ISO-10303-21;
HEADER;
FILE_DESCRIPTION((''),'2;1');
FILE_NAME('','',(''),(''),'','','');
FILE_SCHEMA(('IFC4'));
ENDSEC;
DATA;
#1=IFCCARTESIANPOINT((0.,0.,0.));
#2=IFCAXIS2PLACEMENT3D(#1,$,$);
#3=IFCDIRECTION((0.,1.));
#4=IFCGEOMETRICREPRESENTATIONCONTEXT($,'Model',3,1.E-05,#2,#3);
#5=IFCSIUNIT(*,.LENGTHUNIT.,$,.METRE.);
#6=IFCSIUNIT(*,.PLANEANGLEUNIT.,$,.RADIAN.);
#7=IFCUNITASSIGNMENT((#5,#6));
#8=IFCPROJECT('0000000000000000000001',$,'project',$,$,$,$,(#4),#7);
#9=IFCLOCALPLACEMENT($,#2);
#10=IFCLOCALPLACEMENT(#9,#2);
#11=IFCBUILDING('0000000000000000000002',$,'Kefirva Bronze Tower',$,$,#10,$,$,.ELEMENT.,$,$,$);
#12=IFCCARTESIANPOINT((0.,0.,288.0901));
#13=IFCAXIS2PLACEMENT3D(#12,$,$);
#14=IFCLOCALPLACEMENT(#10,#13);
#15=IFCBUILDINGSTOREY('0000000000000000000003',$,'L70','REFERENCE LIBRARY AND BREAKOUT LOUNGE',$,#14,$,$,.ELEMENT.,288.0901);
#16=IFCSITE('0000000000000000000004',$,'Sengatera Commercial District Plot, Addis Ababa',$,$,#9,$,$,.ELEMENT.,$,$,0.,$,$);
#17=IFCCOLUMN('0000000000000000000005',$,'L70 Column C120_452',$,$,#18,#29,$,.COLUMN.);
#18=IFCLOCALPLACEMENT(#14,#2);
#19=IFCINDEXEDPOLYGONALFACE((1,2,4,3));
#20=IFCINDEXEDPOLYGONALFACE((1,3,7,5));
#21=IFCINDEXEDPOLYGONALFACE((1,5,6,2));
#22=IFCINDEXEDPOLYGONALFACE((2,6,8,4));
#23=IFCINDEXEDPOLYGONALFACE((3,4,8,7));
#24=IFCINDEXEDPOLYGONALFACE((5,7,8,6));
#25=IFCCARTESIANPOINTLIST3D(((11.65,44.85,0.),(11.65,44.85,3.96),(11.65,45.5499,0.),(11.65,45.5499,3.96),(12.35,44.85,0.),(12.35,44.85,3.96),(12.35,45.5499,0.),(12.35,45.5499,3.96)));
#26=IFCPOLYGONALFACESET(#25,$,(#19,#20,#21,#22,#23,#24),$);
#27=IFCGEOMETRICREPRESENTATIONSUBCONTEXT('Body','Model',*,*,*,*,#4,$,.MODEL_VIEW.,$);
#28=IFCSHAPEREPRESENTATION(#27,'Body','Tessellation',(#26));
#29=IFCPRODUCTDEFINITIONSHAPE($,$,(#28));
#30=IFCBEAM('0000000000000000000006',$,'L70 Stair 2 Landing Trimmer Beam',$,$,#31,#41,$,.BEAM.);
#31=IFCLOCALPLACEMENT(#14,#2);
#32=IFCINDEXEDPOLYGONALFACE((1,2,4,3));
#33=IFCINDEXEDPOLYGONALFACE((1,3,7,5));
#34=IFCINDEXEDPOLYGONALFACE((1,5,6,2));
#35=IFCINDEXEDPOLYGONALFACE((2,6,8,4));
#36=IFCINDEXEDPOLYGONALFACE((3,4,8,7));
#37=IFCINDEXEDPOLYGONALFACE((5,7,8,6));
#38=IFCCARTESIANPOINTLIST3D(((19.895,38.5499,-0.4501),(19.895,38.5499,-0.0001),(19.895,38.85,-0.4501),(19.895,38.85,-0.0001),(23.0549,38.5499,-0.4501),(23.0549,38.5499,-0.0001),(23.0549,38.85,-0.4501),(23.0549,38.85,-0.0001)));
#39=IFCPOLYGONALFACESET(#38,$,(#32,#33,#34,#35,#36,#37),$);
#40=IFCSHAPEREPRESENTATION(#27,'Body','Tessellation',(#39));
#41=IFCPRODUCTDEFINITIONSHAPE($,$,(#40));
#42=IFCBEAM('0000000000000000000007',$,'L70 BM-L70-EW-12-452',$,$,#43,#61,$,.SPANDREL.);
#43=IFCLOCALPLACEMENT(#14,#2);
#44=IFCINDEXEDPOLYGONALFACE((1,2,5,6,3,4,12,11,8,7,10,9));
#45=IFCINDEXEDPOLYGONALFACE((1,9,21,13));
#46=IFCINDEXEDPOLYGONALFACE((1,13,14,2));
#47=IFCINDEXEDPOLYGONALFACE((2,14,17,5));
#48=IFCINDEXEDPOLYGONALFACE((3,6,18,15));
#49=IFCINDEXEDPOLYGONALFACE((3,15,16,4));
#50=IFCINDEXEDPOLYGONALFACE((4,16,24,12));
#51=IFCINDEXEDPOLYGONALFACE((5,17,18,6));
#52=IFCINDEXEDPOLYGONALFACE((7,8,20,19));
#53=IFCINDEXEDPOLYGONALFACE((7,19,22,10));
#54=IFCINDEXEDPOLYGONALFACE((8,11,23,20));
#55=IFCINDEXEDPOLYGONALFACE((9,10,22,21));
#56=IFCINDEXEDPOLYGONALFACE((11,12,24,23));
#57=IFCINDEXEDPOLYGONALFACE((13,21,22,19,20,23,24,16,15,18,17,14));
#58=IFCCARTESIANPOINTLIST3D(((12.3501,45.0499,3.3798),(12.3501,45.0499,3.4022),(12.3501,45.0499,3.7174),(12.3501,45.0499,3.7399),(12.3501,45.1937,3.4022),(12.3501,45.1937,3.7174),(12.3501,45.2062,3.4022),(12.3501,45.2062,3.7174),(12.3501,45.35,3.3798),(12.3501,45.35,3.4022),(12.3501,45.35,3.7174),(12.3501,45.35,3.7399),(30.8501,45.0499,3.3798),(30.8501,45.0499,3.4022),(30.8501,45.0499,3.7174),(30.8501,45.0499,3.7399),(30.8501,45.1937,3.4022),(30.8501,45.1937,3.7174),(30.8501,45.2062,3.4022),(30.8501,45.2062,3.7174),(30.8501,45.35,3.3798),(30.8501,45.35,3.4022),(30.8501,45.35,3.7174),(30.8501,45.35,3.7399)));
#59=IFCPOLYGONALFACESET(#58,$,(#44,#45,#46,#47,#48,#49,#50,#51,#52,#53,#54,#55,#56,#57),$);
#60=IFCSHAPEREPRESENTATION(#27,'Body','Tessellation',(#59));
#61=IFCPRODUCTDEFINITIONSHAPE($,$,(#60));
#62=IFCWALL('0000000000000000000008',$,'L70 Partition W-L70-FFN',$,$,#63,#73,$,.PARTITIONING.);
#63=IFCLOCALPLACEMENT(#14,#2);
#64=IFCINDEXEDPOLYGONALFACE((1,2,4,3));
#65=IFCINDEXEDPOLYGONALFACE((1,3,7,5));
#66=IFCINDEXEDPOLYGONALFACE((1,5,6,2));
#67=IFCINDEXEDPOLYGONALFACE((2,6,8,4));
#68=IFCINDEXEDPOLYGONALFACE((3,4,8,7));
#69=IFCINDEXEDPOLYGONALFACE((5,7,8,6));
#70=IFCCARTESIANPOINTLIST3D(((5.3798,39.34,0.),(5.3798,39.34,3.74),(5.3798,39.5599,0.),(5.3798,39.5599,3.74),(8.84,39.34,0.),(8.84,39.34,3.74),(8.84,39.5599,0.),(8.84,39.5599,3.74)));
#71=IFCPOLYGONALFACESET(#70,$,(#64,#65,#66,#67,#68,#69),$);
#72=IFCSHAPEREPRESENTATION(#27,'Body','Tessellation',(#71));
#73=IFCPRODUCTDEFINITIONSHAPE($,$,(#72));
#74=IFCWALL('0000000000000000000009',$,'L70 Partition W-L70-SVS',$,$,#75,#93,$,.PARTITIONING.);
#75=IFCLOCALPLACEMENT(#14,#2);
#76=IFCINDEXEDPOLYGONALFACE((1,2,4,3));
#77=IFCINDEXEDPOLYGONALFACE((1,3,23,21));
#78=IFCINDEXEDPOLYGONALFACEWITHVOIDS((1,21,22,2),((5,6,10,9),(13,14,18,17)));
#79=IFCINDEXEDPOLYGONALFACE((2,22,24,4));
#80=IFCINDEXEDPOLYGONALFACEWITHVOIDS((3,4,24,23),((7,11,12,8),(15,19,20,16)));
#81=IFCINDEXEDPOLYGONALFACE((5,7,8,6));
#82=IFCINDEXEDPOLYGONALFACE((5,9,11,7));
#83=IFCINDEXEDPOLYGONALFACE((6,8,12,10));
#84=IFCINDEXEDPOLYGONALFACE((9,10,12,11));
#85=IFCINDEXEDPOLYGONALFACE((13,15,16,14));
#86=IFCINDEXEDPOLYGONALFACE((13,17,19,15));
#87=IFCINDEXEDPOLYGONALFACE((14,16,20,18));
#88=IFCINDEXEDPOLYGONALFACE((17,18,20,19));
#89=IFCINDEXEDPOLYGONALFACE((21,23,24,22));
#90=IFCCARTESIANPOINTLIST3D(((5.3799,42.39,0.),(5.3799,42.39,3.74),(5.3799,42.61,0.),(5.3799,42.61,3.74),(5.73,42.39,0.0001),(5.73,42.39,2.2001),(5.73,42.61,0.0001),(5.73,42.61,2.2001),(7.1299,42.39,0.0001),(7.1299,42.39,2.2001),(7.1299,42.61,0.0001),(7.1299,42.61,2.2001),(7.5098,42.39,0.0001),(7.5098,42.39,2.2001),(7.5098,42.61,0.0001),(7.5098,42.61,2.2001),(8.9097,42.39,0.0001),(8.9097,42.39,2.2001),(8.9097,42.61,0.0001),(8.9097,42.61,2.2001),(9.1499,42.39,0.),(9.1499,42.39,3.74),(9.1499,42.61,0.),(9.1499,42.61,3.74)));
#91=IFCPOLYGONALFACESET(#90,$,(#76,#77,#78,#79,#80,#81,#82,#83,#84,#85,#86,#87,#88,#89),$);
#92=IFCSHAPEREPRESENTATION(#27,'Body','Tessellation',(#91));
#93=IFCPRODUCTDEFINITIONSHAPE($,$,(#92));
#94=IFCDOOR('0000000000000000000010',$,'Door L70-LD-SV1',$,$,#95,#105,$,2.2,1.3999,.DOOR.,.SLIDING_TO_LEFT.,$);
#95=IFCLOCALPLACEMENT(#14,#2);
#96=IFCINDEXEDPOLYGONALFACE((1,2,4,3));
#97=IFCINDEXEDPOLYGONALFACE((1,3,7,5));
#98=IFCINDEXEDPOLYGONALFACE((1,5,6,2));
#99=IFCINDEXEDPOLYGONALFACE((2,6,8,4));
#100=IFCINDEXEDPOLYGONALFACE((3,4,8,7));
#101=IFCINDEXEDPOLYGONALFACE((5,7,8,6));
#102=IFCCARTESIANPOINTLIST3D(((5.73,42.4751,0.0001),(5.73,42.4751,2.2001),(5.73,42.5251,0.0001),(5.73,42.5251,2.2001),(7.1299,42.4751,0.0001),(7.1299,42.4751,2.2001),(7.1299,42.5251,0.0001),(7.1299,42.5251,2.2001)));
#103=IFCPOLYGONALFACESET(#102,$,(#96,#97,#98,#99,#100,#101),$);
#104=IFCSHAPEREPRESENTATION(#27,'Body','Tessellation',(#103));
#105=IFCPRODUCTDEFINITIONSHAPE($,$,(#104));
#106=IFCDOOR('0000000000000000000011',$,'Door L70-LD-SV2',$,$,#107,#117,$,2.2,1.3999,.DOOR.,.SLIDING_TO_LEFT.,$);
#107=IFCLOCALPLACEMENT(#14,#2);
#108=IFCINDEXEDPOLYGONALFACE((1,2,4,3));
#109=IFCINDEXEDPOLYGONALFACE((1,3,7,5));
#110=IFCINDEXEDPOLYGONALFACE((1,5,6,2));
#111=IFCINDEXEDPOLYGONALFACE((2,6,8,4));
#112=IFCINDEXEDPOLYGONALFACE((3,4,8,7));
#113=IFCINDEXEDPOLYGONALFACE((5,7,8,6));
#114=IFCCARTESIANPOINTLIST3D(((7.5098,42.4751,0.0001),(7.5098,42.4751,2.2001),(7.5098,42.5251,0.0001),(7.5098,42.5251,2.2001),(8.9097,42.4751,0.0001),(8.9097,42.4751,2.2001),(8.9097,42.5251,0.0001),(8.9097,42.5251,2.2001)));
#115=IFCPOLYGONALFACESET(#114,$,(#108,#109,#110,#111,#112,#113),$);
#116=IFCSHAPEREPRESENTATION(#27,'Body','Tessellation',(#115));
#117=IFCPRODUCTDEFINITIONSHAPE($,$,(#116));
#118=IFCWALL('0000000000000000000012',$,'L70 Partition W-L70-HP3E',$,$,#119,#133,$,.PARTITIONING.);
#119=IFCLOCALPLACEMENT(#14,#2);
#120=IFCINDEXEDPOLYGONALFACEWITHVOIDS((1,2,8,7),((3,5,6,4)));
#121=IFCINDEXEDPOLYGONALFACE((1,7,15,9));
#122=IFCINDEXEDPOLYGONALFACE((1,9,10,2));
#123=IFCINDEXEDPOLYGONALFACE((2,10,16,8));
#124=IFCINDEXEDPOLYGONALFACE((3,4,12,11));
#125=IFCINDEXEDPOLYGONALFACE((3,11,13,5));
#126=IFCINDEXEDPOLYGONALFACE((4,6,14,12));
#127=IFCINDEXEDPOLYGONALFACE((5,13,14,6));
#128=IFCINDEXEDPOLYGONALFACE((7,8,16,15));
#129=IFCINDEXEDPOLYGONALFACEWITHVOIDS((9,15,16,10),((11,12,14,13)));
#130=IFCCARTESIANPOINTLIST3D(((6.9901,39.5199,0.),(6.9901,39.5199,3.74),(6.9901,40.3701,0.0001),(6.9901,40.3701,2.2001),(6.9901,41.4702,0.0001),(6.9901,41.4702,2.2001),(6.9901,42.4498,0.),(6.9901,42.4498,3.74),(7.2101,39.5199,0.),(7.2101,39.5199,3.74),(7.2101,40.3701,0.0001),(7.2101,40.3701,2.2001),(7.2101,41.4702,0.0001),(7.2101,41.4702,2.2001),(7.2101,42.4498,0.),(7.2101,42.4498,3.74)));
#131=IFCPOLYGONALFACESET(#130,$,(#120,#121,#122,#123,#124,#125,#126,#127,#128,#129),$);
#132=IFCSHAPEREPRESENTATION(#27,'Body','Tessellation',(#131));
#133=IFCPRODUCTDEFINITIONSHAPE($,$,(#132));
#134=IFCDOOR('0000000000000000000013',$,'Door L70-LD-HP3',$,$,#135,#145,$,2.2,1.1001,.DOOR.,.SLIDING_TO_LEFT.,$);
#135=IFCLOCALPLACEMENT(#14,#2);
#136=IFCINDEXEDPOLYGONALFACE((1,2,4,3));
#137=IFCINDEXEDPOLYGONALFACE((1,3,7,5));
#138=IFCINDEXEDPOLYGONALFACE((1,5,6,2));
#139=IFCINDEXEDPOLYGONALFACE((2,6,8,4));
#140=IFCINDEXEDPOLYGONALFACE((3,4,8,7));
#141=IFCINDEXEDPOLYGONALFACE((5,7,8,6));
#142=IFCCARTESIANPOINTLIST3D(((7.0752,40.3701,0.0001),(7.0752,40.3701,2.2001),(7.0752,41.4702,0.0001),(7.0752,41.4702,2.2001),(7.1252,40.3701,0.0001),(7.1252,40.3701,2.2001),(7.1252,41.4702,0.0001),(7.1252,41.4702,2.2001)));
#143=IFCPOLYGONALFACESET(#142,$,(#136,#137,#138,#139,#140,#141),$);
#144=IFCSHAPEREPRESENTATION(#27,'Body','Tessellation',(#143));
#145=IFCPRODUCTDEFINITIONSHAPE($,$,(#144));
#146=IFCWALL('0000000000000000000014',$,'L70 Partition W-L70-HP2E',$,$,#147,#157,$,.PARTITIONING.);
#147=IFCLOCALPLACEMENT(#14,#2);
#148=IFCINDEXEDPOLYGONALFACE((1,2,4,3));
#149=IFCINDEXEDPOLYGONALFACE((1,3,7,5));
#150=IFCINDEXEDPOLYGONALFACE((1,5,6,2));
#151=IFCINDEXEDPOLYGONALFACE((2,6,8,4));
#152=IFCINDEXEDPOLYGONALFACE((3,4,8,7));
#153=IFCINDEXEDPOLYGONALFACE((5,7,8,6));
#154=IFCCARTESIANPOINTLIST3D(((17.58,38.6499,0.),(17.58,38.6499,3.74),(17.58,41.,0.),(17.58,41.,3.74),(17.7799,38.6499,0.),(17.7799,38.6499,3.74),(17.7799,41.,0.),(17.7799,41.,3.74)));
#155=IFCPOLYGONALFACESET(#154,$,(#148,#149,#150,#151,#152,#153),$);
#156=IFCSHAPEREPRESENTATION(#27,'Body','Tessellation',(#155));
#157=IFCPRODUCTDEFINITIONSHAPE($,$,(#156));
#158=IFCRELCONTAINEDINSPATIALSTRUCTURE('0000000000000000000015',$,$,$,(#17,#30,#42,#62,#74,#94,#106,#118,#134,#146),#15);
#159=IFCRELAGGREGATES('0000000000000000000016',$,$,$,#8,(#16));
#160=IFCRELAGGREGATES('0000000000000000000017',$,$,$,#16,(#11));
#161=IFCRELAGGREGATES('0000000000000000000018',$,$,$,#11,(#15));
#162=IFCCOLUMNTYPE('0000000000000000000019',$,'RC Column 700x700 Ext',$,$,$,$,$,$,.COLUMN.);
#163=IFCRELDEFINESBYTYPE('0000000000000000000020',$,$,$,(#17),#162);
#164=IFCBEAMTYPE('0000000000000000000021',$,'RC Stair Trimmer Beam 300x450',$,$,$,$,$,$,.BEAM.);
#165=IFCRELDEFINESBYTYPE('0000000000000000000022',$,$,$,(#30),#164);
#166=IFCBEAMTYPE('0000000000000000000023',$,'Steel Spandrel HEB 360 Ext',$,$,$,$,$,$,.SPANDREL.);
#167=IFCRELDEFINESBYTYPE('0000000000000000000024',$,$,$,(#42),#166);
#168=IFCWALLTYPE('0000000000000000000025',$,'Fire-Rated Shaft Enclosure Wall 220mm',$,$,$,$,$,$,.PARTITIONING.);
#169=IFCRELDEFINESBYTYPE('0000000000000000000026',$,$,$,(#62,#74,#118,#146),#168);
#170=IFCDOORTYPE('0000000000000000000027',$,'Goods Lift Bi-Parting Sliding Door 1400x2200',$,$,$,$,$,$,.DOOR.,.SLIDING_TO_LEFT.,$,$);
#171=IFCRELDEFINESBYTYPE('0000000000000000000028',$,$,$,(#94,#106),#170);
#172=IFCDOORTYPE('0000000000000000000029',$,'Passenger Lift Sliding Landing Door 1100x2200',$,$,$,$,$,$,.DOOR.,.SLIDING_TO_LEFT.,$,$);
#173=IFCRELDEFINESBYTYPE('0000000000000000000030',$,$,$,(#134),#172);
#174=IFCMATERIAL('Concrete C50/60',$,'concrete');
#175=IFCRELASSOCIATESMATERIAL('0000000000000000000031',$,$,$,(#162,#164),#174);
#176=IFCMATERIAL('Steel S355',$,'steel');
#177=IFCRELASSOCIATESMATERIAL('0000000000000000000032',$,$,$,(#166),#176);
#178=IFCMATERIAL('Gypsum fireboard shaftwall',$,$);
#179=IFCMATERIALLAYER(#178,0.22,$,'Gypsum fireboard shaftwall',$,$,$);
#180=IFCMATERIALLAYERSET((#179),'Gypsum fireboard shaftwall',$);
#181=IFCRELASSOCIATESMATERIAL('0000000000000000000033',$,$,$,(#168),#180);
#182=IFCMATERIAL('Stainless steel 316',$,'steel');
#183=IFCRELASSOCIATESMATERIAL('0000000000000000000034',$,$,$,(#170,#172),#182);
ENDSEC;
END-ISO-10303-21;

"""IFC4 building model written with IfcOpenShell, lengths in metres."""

from ifc_helpers import new_model, si_unit, direction, frame, frame_2d, origin, origin_2d, place, context, subcontext, project, spatial, rectangle, i_section, extrude, material, layer, layer_set, material_profile, profile_set, type_object, element, fill, save


model = new_model("IFC4")

# Units and contexts
model_context = context("Model", 3, precision=1e-05, world=origin(), true_north=direction((0.0, 1.0)))
body_context = subcontext(model_context, "Body", "Model", "MODEL_VIEW")
ifc_project = project(units=[si_unit("LENGTHUNIT", "METRE"), si_unit("PLANEANGLEUNIT", "RADIAN")], contexts=[model_context])

# Site, building, storey
site_placement = place(None, origin())
site = spatial("IfcSite", under=ifc_project, at=site_placement, Name="Sengatera Commercial District Plot, Addis Ababa", CompositionType="ELEMENT", RefElevation=0.0)
building_placement = place(site_placement, origin())
building = spatial("IfcBuilding", under=site, at=building_placement, Name="Kefirva Bronze Tower", CompositionType="ELEMENT")
storey_placement = place(building_placement, frame((0.0, 0.0, 288.0901)))
storey = spatial("IfcBuildingStorey", under=building, at=storey_placement, Name="L70", Description="REFERENCE LIBRARY AND BREAKOUT LOUNGE", CompositionType="ELEMENT", Elevation=288.0901)

# Column
ifc_material_1 = material(Name="Concrete C50/60", Category="concrete")
ifc_material_profile_1 = material_profile(ifc_material_1, rectangle(XDim=0.7, YDim=0.7, at=origin_2d()), Name="RC 700x700")
ifc_profile_set_1 = profile_set([ifc_material_profile_1], Name="Concrete C50/60")
column_type = type_object("IfcColumnType", Name="RC Column 700x700 Ext", PredefinedType="COLUMN", material=ifc_profile_set_1)
column_placement = place(storey_placement, frame((12.0, 45.2, 0.0), z_axis=(0.0, 0.0, 1.0), x_axis=(1.0, 0.0, 0.0)))
element("IfcColumn", 1, at=column_placement, inside=storey, type_object=column_type, Name="L70 Column C120_452", PredefinedType="COLUMN", context=body_context, shape_type="SweptSolid", body=[
    extrude(rectangle(XDim=0.7, YDim=0.7, at=origin_2d()), origin(), (0.0, 0.0, 1.0), 3.96),
])

# Beams
ifc_material_profile_2 = material_profile(ifc_material_1, rectangle(XDim=0.3, YDim=0.45, at=origin_2d()), Name="RC 300x450")
ifc_profile_set_2 = profile_set([ifc_material_profile_2], Name="Concrete C50/60")
beam_type_1 = type_object("IfcBeamType", Name="RC Stair Trimmer Beam 300x450", PredefinedType="BEAM", material=ifc_profile_set_2)
beam_1_placement = place(storey_placement, frame((19.895, 38.7, -0.2251), z_axis=(1.0, 0.0, 0.0), x_axis=(0.0, 1.0, 0.0)))
element("IfcBeam", 2, at=beam_1_placement, inside=storey, type_object=beam_type_1, Name="L70 Stair 2 Landing Trimmer Beam", PredefinedType="BEAM", context=body_context, shape_type="SweptSolid", body=[
    extrude(rectangle(XDim=0.3, YDim=0.45, at=origin_2d()), origin(), (0.0, 0.0, 1.0), 3.1599),
])
ifc_material_2 = material(Name="Steel S355", Category="steel")
ifc_material_profile_3 = material_profile(ifc_material_2, i_section(OverallWidth=0.3, OverallDepth=0.3601, WebThickness=0.0125, FlangeThickness=0.0225, at=origin_2d()), Name="HEB 360")
ifc_profile_set_3 = profile_set([ifc_material_profile_3], Name="Steel S355")
beam_type_2 = type_object("IfcBeamType", Name="Steel Spandrel HEB 360 Ext", PredefinedType="SPANDREL", material=ifc_profile_set_3)
beam_2_placement = place(storey_placement, frame((12.3501, 45.2, 3.5598), z_axis=(1.0, 0.0, 0.0), x_axis=(0.0, 1.0, 0.0)))
element("IfcBeam", 3, at=beam_2_placement, inside=storey, type_object=beam_type_2, Name="L70 BM-L70-EW-12-452", PredefinedType="SPANDREL", context=body_context, shape_type="SweptSolid", body=[
    extrude(i_section(OverallWidth=0.3, OverallDepth=0.3601, WebThickness=0.0125, FlangeThickness=0.0225, at=origin_2d()), origin(), (0.0, 0.0, 1.0), 18.5),
])

# Wall
ifc_material_3 = material(Name="Gypsum fireboard shaftwall")
ifc_layer_1 = layer(ifc_material_3, 0.22, Name="Gypsum fireboard shaftwall")
ifc_layer_set_1 = layer_set([ifc_layer_1], Name="Gypsum fireboard shaftwall")
wall_type_1 = type_object("IfcWallType", Name="Fire-Rated Shaft Enclosure Wall 220mm", PredefinedType="PARTITIONING", material=ifc_layer_set_1)
wall_1_placement = place(storey_placement, frame((5.3799, 39.45, 0.0), z_axis=(0.0, 0.0, 1.0), x_axis=(1.0, 0.0, 0.0)))
element("IfcWall", 4, at=wall_1_placement, inside=storey, type_object=wall_type_1, Name="L70 Partition W-L70-FFN", PredefinedType="PARTITIONING", context=body_context, shape_type="SweptSolid", body=[
    extrude(rectangle(XDim=3.4602, YDim=0.22, at=frame_2d((1.73, 0.0))), origin(), (0.0, 0.0, 1.0), 3.74),
])

# Wall, openings, doors
wall_2_placement = place(storey_placement, frame((5.3799, 42.5, 0.0), z_axis=(0.0, 0.0, 1.0), x_axis=(1.0, 0.0, 0.0)))
wall_2 = element("IfcWall", 5, at=wall_2_placement, inside=storey, type_object=wall_type_1, Name="L70 Partition W-L70-SVS", PredefinedType="PARTITIONING", context=body_context, shape_type="SweptSolid", body=[
    extrude(rectangle(XDim=3.77, YDim=0.22, at=frame_2d((1.885, 0.0))), origin(), (0.0, 0.0, 1.0), 3.74),
])
opening_1_placement = place(wall_2_placement, frame((1.75, 0.0, 0.0), z_axis=(0.0, 0.0, 1.0), x_axis=(-1.0, 0.0, 0.0)))
opening_1 = element("IfcOpeningElement", 6, at=opening_1_placement, cuts=wall_2, PredefinedType="OPENING", context=body_context, shape_type="SweptSolid", body=[
    extrude(rectangle(XDim=1.3999, YDim=2.2, at=frame_2d((0.7, 1.1001))), frame((0.0, 0.1201, 0.0), z_axis=(0.0, -1.0, 0.0), x_axis=(1.0, 0.0, 0.0)), (0.0, 0.0, 1.0), 0.24),
])
opening_2_placement = place(wall_2_placement, frame((3.5298, 0.0, 0.0), z_axis=(0.0, 0.0, 1.0), x_axis=(-1.0, 0.0, 0.0)))
opening_2 = element("IfcOpeningElement", 7, at=opening_2_placement, cuts=wall_2, PredefinedType="OPENING", context=body_context, shape_type="SweptSolid", body=[
    extrude(rectangle(XDim=1.3999, YDim=2.2, at=frame_2d((0.7, 1.1001))), frame((0.0, 0.1201, 0.0), z_axis=(0.0, -1.0, 0.0), x_axis=(1.0, 0.0, 0.0)), (0.0, 0.0, 1.0), 0.24),
])
ifc_material_4 = material(Name="Stainless steel 316", Category="steel")
door_type_1 = type_object("IfcDoorType", Name="Goods Lift Bi-Parting Sliding Door 1400x2200", OperationType="SLIDING_TO_LEFT", PredefinedType="DOOR", material=ifc_material_4)
door_1_placement = place(opening_1_placement, origin())
door_1 = element("IfcDoor", 8, at=door_1_placement, inside=storey, type_object=door_type_1, Name="Door L70-LD-SV1", OperationType="SLIDING_TO_LEFT", OverallHeight=2.2, OverallWidth=1.3999, PredefinedType="DOOR", context=body_context, shape_type="SweptSolid", body=[
    extrude(rectangle(XDim=1.3999, YDim=2.2, at=frame_2d((0.7, 1.1001))), frame((0.0, 0.0249, 0.0), z_axis=(0.0, -1.0, 0.0), x_axis=(1.0, 0.0, 0.0)), (0.0, 0.0, 1.0), 0.05),
])
fill(opening_1, door_1)
door_2_placement = place(opening_2_placement, origin())
door_2 = element("IfcDoor", 9, at=door_2_placement, inside=storey, type_object=door_type_1, Name="Door L70-LD-SV2", OperationType="SLIDING_TO_LEFT", OverallHeight=2.2, OverallWidth=1.3999, PredefinedType="DOOR", context=body_context, shape_type="SweptSolid", body=[
    extrude(rectangle(XDim=1.3999, YDim=2.2, at=frame_2d((0.7, 1.1001))), frame((0.0, 0.0249, 0.0), z_axis=(0.0, -1.0, 0.0), x_axis=(1.0, 0.0, 0.0)), (0.0, 0.0, 1.0), 0.05),
])
fill(opening_2, door_2)

# Wall, opening, door
wall_3_placement = place(storey_placement, frame((7.1001, 39.52, 0.0), z_axis=(0.0, 0.0, 1.0), x_axis=(0.0, 1.0, 0.0)))
wall_3 = element("IfcWall", 10, at=wall_3_placement, inside=storey, type_object=wall_type_1, Name="L70 Partition W-L70-HP3E", PredefinedType="PARTITIONING", context=body_context, shape_type="SweptSolid", body=[
    extrude(rectangle(XDim=2.9299, YDim=0.22, at=frame_2d((1.4648, 0.0))), origin(), (0.0, 0.0, 1.0), 3.74),
])
opening_3_placement = place(wall_3_placement, frame((0.8501, 0.0, 0.0)))
opening_3 = element("IfcOpeningElement", 11, at=opening_3_placement, cuts=wall_3, PredefinedType="OPENING", context=body_context, shape_type="SweptSolid", body=[
    extrude(rectangle(XDim=1.1001, YDim=2.2, at=frame_2d((0.55, 1.1001))), frame((0.0, 0.1201, 0.0), z_axis=(0.0, -1.0, 0.0), x_axis=(1.0, 0.0, 0.0)), (0.0, 0.0, 1.0), 0.24),
])
door_type_2 = type_object("IfcDoorType", Name="Passenger Lift Sliding Landing Door 1100x2200", OperationType="SLIDING_TO_LEFT", PredefinedType="DOOR", material=ifc_material_4)
door_3_placement = place(opening_3_placement, origin())
door_3 = element("IfcDoor", 12, at=door_3_placement, inside=storey, type_object=door_type_2, Name="Door L70-LD-HP3", OperationType="SLIDING_TO_LEFT", OverallHeight=2.2, OverallWidth=1.1001, PredefinedType="DOOR", context=body_context, shape_type="SweptSolid", body=[
    extrude(rectangle(XDim=1.1001, YDim=2.2, at=frame_2d((0.55, 1.1001))), frame((0.0, 0.0249, 0.0), z_axis=(0.0, -1.0, 0.0), x_axis=(1.0, 0.0, 0.0)), (0.0, 0.0, 1.0), 0.05),
])
fill(opening_3, door_3)

# Wall
wall_4_placement = place(storey_placement, frame((17.6799, 38.6499, 0.0), z_axis=(0.0, 0.0, 1.0), x_axis=(0.0, 1.0, 0.0)))
element("IfcWall", 13, at=wall_4_placement, inside=storey, type_object=wall_type_1, Name="L70 Partition W-L70-HP2E", PredefinedType="PARTITIONING", context=body_context, shape_type="SweptSolid", body=[
    extrude(rectangle(XDim=2.3501, YDim=0.2, at=frame_2d((1.175, 0.0))), origin(), (0.0, 0.0, 1.0), 3.74),
])

save(model, "model.ifc")
